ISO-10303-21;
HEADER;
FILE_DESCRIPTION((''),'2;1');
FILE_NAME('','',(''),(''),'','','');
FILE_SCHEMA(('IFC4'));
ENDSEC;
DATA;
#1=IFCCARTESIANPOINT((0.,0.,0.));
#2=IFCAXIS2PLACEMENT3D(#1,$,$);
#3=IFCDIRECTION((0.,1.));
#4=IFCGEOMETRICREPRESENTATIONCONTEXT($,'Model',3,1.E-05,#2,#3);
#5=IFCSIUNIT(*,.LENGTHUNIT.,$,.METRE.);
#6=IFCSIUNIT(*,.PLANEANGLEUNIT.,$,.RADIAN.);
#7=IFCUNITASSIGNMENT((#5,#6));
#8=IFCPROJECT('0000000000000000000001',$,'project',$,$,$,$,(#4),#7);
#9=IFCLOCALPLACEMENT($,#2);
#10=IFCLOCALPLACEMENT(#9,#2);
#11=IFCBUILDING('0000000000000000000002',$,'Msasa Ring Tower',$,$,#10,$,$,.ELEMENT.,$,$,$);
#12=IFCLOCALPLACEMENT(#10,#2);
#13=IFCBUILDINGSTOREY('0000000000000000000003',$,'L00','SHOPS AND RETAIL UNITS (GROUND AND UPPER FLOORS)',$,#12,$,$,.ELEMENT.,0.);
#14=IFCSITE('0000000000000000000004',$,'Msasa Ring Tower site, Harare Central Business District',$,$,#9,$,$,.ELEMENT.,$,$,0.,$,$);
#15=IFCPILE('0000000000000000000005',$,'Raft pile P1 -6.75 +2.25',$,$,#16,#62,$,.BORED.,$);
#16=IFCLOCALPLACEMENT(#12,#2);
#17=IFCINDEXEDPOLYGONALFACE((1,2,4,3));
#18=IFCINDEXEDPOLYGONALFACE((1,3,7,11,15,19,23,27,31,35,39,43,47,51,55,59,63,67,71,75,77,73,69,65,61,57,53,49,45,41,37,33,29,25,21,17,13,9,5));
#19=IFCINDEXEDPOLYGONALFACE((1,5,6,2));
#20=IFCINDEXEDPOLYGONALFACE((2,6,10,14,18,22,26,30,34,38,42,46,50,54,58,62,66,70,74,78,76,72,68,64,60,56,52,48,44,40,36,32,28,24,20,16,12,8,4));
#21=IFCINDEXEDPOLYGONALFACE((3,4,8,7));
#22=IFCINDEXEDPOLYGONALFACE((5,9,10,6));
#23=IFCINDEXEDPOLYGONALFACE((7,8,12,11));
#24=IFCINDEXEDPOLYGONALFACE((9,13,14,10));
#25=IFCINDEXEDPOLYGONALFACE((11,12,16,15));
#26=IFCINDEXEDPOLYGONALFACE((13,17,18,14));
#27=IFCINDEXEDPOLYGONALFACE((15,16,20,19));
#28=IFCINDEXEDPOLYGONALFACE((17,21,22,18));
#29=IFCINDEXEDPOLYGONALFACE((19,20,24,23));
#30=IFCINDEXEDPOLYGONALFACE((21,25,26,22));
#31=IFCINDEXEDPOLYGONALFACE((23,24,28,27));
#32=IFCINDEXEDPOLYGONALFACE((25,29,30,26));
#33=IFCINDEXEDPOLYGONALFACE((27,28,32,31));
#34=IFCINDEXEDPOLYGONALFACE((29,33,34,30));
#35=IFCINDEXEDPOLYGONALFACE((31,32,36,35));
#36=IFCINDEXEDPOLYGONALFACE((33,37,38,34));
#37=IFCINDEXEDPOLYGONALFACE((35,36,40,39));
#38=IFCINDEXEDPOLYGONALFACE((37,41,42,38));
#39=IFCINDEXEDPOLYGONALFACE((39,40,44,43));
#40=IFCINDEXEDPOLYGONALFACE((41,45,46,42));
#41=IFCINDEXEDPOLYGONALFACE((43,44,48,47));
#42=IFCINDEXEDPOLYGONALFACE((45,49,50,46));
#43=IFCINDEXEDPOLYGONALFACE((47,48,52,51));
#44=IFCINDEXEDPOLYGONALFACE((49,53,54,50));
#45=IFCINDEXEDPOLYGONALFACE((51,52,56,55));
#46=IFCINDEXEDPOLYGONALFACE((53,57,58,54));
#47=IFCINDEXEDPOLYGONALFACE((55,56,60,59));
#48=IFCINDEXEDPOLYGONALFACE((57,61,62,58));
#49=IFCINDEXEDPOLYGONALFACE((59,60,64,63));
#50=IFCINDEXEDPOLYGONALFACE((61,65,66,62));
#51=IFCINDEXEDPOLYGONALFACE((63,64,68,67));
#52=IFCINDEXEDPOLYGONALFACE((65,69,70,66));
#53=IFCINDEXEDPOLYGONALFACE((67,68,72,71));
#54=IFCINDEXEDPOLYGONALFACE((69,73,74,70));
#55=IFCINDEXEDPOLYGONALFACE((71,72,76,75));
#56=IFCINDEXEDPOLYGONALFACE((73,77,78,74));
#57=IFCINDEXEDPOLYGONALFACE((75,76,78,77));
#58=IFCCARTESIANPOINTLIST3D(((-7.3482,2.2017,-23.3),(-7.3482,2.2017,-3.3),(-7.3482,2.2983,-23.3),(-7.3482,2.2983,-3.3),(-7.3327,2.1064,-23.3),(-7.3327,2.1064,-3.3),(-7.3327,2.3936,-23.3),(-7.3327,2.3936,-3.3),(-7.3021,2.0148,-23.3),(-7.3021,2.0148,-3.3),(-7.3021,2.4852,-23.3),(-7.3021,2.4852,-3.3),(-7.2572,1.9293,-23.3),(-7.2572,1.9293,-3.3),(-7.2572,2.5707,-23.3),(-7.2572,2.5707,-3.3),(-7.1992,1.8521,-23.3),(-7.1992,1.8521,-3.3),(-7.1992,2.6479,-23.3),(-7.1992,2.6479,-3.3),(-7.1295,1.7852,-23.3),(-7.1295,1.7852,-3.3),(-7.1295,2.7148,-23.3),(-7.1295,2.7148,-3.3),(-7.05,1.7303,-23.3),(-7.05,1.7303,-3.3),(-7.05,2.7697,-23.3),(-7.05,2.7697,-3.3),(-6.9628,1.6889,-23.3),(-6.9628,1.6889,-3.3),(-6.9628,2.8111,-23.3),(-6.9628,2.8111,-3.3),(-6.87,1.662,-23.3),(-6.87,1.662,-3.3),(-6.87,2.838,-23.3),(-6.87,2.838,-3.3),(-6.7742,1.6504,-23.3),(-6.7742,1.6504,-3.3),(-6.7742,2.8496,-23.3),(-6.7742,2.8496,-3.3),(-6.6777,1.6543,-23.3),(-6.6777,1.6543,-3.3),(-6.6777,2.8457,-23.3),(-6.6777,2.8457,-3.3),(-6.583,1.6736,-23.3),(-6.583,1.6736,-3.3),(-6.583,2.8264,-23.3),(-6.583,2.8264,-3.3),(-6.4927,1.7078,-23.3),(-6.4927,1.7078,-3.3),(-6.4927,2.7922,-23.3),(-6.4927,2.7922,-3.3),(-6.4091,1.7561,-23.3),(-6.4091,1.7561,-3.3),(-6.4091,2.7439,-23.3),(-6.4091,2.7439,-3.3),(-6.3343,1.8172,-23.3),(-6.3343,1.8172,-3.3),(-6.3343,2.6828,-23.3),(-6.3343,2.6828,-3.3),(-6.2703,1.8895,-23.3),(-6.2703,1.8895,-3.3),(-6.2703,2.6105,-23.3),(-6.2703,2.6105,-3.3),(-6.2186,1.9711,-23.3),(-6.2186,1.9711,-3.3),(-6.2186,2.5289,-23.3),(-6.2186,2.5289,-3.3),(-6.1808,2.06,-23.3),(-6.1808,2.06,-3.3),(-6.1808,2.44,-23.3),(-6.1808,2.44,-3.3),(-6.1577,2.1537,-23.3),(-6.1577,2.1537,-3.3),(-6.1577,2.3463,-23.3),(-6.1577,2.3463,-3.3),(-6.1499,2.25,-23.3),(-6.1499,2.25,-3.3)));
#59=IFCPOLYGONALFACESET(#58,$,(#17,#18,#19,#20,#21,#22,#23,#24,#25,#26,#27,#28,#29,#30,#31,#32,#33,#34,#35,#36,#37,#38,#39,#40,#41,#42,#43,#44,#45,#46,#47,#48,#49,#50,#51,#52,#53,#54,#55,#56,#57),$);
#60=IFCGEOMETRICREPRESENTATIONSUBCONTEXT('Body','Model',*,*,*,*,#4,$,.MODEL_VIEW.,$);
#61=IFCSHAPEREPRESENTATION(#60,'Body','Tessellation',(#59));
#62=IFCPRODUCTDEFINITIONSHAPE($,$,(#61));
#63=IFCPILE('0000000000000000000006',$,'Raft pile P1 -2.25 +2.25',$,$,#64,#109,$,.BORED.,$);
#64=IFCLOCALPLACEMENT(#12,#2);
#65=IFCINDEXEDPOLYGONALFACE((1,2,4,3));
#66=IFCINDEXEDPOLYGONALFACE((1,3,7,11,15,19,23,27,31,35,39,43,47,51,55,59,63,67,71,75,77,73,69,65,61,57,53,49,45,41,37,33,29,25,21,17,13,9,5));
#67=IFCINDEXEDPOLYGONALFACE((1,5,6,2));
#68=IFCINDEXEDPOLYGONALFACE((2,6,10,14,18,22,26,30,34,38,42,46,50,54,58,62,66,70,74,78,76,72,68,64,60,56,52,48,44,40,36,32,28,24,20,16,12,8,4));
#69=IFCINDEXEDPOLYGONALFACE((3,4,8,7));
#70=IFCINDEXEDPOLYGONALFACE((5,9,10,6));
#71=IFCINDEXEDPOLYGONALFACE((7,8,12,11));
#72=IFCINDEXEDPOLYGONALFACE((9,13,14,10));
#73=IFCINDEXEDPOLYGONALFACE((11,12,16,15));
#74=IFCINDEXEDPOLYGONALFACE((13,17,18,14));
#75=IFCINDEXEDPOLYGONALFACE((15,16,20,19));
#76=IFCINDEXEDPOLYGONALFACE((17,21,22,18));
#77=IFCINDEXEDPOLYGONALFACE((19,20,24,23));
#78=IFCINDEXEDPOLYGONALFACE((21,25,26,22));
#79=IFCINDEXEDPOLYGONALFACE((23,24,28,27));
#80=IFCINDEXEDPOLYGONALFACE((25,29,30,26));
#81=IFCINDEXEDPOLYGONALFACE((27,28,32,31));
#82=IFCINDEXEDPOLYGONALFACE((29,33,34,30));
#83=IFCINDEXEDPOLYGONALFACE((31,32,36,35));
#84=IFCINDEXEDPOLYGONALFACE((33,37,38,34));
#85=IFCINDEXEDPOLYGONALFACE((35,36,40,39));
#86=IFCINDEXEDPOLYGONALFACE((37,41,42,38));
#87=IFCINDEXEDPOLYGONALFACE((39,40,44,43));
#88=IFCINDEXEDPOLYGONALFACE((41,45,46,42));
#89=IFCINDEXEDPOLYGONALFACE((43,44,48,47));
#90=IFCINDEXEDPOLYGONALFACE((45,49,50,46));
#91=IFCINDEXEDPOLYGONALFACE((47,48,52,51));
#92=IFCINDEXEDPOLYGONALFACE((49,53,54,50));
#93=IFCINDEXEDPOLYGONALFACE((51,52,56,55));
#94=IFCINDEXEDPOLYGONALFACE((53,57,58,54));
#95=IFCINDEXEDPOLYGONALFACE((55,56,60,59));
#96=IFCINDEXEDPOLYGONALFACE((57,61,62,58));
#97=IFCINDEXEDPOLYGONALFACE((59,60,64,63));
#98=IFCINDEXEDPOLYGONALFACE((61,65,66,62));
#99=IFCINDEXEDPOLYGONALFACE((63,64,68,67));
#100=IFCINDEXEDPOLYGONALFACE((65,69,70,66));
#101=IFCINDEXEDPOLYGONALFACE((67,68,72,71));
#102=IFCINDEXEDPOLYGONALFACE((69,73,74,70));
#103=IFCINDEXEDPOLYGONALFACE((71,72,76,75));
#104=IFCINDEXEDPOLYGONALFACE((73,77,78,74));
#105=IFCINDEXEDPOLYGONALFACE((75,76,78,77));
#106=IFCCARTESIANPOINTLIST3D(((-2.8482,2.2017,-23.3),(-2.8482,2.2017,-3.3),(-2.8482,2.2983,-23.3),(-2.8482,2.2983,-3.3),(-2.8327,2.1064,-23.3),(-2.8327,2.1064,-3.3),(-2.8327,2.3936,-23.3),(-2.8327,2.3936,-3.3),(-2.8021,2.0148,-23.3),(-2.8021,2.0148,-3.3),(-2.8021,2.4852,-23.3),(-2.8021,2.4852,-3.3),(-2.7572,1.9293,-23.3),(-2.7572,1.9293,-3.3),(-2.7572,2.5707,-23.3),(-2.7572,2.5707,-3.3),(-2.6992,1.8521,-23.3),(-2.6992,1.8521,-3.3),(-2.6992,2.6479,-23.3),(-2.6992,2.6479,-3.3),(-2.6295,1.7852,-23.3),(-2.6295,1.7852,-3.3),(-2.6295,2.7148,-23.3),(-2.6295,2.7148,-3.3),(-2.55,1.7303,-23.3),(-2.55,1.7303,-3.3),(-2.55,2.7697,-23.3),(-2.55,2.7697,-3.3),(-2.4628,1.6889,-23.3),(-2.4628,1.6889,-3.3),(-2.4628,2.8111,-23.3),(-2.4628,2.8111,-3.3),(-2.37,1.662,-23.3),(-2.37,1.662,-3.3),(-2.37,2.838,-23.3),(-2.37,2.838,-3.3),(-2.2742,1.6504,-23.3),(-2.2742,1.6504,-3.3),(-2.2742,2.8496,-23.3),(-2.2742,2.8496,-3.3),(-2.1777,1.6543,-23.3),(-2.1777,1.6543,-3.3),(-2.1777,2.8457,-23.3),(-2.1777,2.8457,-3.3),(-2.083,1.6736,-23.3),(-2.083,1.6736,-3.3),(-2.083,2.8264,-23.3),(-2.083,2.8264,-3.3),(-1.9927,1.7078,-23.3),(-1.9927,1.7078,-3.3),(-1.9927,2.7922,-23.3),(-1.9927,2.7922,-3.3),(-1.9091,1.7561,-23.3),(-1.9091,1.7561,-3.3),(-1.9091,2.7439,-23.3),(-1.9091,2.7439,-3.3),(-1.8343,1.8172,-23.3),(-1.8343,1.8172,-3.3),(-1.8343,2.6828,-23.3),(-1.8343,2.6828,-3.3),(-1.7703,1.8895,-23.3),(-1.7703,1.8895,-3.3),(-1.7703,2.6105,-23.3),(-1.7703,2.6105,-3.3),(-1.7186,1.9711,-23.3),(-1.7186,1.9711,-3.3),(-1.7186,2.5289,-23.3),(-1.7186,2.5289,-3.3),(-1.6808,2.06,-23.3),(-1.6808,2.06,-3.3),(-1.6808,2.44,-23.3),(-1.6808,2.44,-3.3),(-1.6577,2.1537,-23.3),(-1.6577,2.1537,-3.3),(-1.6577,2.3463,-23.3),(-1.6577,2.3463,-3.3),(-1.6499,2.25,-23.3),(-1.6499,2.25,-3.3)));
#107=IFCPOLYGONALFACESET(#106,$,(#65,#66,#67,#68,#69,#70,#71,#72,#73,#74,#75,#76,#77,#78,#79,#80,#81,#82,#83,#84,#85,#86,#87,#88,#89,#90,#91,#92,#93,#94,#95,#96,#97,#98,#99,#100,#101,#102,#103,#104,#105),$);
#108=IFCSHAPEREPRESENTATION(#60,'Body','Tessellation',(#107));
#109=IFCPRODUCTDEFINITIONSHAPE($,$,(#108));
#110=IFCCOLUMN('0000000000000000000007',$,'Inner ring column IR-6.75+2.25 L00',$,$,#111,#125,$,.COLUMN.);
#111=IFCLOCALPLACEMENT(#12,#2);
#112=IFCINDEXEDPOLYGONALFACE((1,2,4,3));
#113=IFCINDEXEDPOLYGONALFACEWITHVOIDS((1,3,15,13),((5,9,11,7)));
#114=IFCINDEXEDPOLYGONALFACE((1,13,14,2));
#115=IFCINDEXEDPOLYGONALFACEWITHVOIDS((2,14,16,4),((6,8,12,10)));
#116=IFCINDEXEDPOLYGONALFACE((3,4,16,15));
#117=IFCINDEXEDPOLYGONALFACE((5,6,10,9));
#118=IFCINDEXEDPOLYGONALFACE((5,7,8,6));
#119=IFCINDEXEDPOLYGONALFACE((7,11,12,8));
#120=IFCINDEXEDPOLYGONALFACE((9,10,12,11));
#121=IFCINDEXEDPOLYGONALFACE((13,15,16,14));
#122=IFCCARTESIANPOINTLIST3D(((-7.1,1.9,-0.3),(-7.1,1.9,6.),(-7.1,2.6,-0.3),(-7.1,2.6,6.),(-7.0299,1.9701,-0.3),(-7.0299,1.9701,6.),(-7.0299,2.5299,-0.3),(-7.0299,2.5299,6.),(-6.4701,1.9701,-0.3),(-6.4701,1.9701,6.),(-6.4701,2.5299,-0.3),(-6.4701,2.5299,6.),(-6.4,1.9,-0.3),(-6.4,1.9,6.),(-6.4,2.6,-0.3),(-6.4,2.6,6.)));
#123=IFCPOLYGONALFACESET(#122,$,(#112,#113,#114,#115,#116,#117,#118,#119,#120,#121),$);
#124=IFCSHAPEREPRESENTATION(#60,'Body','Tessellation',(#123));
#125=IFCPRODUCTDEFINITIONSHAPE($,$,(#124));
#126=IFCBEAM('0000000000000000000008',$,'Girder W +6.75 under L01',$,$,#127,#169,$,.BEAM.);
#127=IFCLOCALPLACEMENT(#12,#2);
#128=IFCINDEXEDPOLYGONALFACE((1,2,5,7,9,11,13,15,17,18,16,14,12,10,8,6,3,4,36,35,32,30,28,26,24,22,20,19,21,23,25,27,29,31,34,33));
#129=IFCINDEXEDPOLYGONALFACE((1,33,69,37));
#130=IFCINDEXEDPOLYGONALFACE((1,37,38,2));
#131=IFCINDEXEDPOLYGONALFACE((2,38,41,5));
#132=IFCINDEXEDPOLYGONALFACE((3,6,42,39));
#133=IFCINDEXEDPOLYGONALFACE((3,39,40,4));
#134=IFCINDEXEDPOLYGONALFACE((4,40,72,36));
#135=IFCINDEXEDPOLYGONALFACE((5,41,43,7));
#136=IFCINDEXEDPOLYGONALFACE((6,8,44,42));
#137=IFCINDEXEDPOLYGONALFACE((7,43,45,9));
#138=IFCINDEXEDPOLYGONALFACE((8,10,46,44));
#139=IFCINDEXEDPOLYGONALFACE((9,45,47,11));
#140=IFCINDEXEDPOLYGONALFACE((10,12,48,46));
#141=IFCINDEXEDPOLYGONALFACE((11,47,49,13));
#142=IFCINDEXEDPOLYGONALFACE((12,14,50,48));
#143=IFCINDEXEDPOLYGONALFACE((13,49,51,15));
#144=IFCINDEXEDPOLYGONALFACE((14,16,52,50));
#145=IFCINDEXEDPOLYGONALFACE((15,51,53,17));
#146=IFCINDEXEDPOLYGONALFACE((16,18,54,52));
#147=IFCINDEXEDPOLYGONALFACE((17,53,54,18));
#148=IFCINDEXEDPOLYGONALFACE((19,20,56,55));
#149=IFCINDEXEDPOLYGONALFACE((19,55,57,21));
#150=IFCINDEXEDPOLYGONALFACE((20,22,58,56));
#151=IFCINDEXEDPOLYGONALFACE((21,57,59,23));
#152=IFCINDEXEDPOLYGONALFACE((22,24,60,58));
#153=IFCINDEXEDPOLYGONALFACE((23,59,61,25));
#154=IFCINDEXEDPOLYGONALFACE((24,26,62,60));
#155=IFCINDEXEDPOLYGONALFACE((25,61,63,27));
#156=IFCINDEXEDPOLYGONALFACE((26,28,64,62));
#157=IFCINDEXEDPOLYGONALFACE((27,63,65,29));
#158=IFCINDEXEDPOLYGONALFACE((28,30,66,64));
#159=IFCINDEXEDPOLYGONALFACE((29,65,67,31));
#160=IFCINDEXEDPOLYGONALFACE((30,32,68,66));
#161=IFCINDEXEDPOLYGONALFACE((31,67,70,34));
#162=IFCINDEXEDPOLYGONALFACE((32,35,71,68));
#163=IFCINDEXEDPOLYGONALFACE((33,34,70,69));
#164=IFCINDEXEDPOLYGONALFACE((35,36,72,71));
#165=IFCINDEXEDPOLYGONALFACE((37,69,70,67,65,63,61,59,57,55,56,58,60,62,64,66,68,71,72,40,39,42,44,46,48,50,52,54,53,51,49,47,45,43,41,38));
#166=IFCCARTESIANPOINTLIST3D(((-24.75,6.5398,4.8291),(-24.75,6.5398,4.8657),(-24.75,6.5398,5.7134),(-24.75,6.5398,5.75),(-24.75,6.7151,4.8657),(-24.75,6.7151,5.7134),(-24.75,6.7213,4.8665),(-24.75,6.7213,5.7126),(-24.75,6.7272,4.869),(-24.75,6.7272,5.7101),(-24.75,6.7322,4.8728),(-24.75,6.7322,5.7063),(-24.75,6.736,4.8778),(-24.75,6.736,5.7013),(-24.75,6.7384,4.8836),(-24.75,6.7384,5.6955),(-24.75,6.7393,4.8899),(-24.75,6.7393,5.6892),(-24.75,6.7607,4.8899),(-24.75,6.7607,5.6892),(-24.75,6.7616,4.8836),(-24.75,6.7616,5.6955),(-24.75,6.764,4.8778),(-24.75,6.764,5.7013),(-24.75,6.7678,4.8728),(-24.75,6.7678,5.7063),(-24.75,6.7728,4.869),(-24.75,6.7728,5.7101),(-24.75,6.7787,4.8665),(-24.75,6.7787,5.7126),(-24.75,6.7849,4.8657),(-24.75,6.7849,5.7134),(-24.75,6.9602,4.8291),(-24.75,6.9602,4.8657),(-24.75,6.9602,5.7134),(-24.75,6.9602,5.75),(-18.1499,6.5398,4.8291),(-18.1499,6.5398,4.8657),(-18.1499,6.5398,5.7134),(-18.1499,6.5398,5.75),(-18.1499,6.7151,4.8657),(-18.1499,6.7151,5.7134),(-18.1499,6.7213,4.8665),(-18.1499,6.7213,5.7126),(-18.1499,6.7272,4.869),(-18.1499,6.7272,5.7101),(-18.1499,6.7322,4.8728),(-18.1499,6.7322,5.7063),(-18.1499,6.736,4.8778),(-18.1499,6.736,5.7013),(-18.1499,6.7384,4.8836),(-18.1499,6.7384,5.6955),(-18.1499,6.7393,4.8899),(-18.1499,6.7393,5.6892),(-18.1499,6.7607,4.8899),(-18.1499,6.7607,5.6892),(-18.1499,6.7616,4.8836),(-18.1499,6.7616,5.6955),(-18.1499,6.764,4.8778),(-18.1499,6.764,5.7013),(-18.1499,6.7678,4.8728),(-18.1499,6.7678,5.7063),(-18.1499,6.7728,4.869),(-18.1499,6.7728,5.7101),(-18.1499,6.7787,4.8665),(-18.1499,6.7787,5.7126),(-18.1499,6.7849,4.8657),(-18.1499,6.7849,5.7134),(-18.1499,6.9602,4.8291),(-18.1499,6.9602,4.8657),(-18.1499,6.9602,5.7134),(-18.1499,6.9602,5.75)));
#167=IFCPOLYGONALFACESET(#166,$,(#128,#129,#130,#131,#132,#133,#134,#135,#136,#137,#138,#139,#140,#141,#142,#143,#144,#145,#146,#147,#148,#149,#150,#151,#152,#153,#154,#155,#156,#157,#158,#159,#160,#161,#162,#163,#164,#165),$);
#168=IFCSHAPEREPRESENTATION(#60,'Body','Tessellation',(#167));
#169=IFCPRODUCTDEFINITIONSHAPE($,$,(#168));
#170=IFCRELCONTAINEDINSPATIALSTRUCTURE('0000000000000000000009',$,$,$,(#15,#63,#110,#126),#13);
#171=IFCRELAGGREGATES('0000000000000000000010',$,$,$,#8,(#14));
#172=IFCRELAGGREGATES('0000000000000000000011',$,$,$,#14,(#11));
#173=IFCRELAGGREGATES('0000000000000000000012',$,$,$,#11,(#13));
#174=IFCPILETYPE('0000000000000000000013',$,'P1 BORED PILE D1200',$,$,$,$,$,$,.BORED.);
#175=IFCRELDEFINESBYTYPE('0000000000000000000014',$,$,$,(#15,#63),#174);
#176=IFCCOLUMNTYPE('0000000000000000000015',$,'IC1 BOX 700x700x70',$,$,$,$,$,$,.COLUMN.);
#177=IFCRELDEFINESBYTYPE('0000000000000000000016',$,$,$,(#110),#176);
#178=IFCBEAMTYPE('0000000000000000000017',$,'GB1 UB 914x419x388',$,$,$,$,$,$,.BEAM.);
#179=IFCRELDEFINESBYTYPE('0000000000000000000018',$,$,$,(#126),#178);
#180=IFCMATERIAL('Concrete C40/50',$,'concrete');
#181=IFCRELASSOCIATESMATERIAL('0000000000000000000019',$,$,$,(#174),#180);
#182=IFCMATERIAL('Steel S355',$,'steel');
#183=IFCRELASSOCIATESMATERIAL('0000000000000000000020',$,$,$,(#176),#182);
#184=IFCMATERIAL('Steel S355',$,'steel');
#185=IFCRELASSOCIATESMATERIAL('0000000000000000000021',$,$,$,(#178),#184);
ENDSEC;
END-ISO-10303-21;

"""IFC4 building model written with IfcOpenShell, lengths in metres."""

from ifc_helpers import new_model, si_unit, direction, frame, origin, origin_2d, place, context, subcontext, project, spatial, hollow_rectangle, circle, i_section, extrude, material, material_profile, profile_set, type_object, element, save


model = new_model("IFC4")

# Units and contexts
model_context = context("Model", 3, precision=1e-05, world=origin(), true_north=direction((0.0, 1.0)))
body_context = subcontext(model_context, "Body", "Model", "MODEL_VIEW")
ifc_project = project(units=[si_unit("LENGTHUNIT", "METRE"), si_unit("PLANEANGLEUNIT", "RADIAN")], contexts=[model_context])

# Site, building, storey
site_placement = place(None, origin())
site = spatial("IfcSite", under=ifc_project, at=site_placement, Name="Msasa Ring Tower site, Harare Central Business District", CompositionType="ELEMENT", RefElevation=0.0)
building_placement = place(site_placement, origin())
building = spatial("IfcBuilding", under=site, at=building_placement, Name="Msasa Ring Tower", CompositionType="ELEMENT")
storey_placement = place(building_placement, origin())
storey = spatial("IfcBuildingStorey", under=building, at=storey_placement, Name="L00", Description="SHOPS AND RETAIL UNITS (GROUND AND UPPER FLOORS)", CompositionType="ELEMENT", Elevation=0.0)

# Piles
ifc_material_1 = material(Name="Concrete C40/50", Category="concrete")
ifc_material_profile_1 = material_profile(ifc_material_1, circle(Radius=0.6001, at=origin_2d()), Name="D1200")
ifc_profile_set_1 = profile_set([ifc_material_profile_1], Name="Concrete C40/50")
pile_type = type_object("IfcPileType", Name="P1 BORED PILE D1200", PredefinedType="BORED", material=ifc_profile_set_1)
for number, where, z_axis, x_axis, name in (
    (1, (-6.75, 2.25, -3.3), (0.0, 0.0, -1.0), (1.0, 0.0, 0.0), "Raft pile P1 -6.75 +2.25"),
    (2, (-2.25, 2.25, -3.3), (0.0, 0.0, -1.0), (1.0, 0.0, 0.0), "Raft pile P1 -2.25 +2.25"),
):
    element("IfcPile", number, at=place(storey_placement, frame(where, z_axis=z_axis, x_axis=x_axis)), inside=storey, type_object=pile_type, Name=name, PredefinedType="BORED", context=body_context, shape_type="SweptSolid", body=[
        extrude(circle(Radius=0.6001, at=origin_2d()), origin(), (0.0, 0.0, 1.0), 20.0),
    ])

# Column
ifc_material_2 = material(Name="Steel S355", Category="steel")
ifc_material_profile_2 = material_profile(ifc_material_2, hollow_rectangle(XDim=0.7, YDim=0.7, WallThickness=0.0701, at=origin_2d()), Name="BOX 700x700x70")
ifc_profile_set_2 = profile_set([ifc_material_profile_2], Name="Steel S355")
column_type = type_object("IfcColumnType", Name="IC1 BOX 700x700x70", PredefinedType="COLUMN", material=ifc_profile_set_2)
column_placement = place(storey_placement, frame((-6.75, 2.25, -0.3), z_axis=(0.0, 0.0, 1.0), x_axis=(1.0, 0.0, 0.0)))
element("IfcColumn", 3, at=column_placement, inside=storey, type_object=column_type, Name="Inner ring column IR-6.75+2.25 L00", PredefinedType="COLUMN", context=body_context, shape_type="SweptSolid", body=[
    extrude(hollow_rectangle(XDim=0.7, YDim=0.7, WallThickness=0.0701, at=origin_2d()), origin(), (0.0, 0.0, 1.0), 6.3),
])

# Beam
ifc_material_3 = material(Name="Steel S355", Category="steel")
ifc_material_profile_3 = material_profile(ifc_material_3, i_section(OverallWidth=0.4204, OverallDepth=0.9209, WebThickness=0.0215, FlangeThickness=0.0366, FilletRadius=0.0242, at=origin_2d()), Name="UB 914x419x388")
ifc_profile_set_3 = profile_set([ifc_material_profile_3], Name="Steel S355")
beam_type_1 = type_object("IfcBeamType", Name="GB1 UB 914x419x388", PredefinedType="BEAM", material=ifc_profile_set_3)
beam_1_placement = place(storey_placement, frame((-18.1499, 6.75, 5.2896), z_axis=(-1.0, 0.0, 0.0), x_axis=(0.0, -1.0, 0.0)))
element("IfcBeam", 4, at=beam_1_placement, inside=storey, type_object=beam_type_1, Name="Girder W +6.75 under L01", PredefinedType="BEAM", context=body_context, shape_type="SweptSolid", body=[
    extrude(i_section(OverallWidth=0.4204, OverallDepth=0.9209, WebThickness=0.0215, FlangeThickness=0.0366, FilletRadius=0.0242, at=origin_2d()), origin(), (0.0, 0.0, 1.0), 6.6001),
])

save(model, "model.ifc")
